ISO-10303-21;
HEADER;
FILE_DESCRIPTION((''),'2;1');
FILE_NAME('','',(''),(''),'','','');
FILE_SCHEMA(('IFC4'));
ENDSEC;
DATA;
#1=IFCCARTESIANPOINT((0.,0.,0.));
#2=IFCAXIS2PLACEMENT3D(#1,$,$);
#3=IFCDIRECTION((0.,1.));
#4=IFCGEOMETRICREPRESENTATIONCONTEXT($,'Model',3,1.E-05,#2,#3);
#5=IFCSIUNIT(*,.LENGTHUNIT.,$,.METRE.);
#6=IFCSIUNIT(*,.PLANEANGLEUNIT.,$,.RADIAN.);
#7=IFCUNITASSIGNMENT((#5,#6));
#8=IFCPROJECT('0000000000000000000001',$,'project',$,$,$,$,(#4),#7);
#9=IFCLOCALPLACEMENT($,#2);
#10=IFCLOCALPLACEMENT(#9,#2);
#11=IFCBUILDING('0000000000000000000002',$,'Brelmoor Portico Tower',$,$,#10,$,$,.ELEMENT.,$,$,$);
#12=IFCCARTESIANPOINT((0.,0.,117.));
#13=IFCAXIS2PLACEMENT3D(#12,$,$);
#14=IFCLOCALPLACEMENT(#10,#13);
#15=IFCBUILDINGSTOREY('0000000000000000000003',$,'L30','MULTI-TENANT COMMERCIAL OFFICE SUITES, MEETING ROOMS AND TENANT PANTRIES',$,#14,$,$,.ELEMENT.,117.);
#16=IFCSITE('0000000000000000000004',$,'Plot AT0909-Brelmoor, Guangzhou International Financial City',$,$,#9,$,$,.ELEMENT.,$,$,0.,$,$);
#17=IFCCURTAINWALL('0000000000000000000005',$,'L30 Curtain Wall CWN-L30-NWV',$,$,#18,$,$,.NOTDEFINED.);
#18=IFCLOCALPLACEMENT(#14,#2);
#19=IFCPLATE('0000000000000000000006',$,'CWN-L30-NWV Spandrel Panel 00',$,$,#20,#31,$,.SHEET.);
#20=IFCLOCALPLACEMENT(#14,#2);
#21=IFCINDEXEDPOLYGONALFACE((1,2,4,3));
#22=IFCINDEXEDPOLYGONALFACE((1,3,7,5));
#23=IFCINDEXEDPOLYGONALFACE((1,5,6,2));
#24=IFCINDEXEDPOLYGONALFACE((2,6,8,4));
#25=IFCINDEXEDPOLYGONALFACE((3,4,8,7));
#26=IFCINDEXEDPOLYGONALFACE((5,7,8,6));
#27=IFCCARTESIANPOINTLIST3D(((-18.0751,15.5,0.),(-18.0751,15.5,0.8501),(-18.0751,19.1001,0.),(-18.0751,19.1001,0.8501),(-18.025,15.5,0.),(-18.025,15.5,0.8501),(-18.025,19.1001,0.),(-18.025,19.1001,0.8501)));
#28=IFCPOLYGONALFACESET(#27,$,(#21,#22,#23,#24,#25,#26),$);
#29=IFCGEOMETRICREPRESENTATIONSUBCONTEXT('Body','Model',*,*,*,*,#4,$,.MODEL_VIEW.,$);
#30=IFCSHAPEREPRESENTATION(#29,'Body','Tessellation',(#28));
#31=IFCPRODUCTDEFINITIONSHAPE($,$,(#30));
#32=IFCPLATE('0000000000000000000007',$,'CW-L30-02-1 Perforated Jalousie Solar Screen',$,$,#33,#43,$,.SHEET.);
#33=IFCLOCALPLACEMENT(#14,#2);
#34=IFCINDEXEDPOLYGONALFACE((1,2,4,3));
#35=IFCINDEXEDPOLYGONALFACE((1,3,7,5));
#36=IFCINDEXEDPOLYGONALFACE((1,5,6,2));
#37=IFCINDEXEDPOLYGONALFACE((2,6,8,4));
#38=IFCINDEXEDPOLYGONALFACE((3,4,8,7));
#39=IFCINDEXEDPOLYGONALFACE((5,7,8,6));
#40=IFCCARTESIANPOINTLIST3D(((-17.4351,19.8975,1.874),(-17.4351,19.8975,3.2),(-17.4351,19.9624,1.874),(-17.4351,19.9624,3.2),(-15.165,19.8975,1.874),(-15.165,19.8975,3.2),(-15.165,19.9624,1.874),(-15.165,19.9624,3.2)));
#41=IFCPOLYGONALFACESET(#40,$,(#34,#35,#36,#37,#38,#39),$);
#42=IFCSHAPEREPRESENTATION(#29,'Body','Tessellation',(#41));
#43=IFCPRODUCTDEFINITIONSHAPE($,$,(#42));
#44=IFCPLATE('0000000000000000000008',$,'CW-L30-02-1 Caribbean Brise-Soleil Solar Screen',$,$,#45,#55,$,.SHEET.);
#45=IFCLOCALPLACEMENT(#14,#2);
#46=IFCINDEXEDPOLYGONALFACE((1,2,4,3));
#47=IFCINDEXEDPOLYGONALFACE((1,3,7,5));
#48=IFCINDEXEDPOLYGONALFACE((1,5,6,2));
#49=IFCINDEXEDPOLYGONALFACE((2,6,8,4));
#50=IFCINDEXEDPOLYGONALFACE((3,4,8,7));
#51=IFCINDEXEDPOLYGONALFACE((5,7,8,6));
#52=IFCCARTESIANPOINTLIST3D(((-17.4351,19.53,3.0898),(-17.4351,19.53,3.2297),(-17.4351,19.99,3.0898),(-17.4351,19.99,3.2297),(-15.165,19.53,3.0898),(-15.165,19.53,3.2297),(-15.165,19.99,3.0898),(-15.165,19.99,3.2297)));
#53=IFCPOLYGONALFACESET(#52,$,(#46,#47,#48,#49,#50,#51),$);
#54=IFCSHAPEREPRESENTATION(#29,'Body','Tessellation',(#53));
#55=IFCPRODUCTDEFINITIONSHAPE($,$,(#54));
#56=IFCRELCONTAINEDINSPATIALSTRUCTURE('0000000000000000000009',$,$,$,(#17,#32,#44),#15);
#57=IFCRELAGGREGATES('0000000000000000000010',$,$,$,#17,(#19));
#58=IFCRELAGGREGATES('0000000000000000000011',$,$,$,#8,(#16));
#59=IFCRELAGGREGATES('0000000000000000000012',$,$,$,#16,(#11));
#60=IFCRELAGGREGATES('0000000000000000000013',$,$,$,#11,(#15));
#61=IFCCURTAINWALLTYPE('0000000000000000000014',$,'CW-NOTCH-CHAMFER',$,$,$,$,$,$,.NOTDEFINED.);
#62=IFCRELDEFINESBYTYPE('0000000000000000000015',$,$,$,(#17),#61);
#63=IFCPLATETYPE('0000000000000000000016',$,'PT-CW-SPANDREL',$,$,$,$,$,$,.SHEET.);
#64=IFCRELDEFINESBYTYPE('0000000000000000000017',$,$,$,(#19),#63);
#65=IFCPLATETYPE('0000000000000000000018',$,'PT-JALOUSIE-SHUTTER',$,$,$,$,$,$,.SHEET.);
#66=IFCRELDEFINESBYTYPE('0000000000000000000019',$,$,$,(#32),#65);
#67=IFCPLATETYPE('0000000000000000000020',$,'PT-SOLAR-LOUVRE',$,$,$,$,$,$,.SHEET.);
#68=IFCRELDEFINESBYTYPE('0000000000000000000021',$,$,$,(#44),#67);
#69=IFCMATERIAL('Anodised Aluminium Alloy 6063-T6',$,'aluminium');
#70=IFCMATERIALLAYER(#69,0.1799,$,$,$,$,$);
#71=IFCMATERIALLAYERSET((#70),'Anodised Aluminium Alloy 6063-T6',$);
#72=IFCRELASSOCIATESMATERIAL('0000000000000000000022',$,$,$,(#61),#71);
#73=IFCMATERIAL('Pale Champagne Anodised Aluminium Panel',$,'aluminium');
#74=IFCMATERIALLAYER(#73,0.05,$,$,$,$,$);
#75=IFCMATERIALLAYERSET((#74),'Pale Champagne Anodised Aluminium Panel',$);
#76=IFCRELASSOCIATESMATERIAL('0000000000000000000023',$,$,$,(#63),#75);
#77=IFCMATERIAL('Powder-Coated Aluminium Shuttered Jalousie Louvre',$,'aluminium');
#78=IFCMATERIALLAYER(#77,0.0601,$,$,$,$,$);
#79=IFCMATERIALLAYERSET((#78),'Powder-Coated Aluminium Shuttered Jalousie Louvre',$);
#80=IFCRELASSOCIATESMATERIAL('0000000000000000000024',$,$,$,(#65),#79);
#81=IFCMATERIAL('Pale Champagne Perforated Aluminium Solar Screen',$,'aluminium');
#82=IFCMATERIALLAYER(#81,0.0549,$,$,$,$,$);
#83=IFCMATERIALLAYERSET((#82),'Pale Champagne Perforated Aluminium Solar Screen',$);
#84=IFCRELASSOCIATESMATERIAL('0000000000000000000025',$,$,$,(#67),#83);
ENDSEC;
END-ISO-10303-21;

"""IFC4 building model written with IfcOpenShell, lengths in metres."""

from ifc_helpers import new_model, si_unit, direction, frame, origin, origin_2d, place, context, subcontext, project, spatial, rectangle, extrude, material, layer, layer_set, type_object, element, aggregate, save


model = new_model("IFC4")

# Units and contexts
model_context = context("Model", 3, precision=1e-05, world=origin(), true_north=direction((0.0, 1.0)))
body_context = subcontext(model_context, "Body", "Model", "MODEL_VIEW")
ifc_project = project(units=[si_unit("LENGTHUNIT", "METRE"), si_unit("PLANEANGLEUNIT", "RADIAN")], contexts=[model_context])

# Site, building, storey
site_placement = place(None, origin())
site = spatial("IfcSite", under=ifc_project, at=site_placement, Name="Plot AT0909-Brelmoor, Guangzhou International Financial City", CompositionType="ELEMENT", RefElevation=0.0)
building_placement = place(site_placement, origin())
building = spatial("IfcBuilding", under=site, at=building_placement, Name="Brelmoor Portico Tower", CompositionType="ELEMENT")
storey_placement = place(building_placement, frame((0.0, 0.0, 117.0)))
storey = spatial("IfcBuildingStorey", under=building, at=storey_placement, Name="L30", Description="MULTI-TENANT COMMERCIAL OFFICE SUITES, MEETING ROOMS AND TENANT PANTRIES", CompositionType="ELEMENT", Elevation=117.0)

# Curtain wall
ifc_material_1 = material(Name="Anodised Aluminium Alloy 6063-T6", Category="aluminium")
ifc_layer_1 = layer(ifc_material_1, 0.1799)
ifc_layer_set_1 = layer_set([ifc_layer_1], Name="Anodised Aluminium Alloy 6063-T6")
curtain_wall_type_1 = type_object("IfcCurtainWallType", Name="CW-NOTCH-CHAMFER", PredefinedType="NOTDEFINED", material=ifc_layer_set_1)
curtain_wall_1_placement = place(storey_placement, origin())
curtain_wall_1 = element("IfcCurtainWall", 1, at=curtain_wall_1_placement, inside=storey, type_object=curtain_wall_type_1, Name="L30 Curtain Wall CWN-L30-NWV", PredefinedType="NOTDEFINED")

# Plate
ifc_material_2 = material(Name="Pale Champagne Anodised Aluminium Panel", Category="aluminium")
ifc_layer_2 = layer(ifc_material_2, 0.05)
ifc_layer_set_2 = layer_set([ifc_layer_2], Name="Pale Champagne Anodised Aluminium Panel")
plate_type_1 = type_object("IfcPlateType", Name="PT-CW-SPANDREL", PredefinedType="SHEET", material=ifc_layer_set_2)
plate_1_placement = place(storey_placement, frame((-18.05, 17.3, 0.0), z_axis=(0.0, 0.0, 1.0), x_axis=(0.0, 1.0, 0.0)))
plate_1 = element("IfcPlate", 2, at=plate_1_placement, type_object=plate_type_1, Name="CWN-L30-NWV Spandrel Panel 00", PredefinedType="SHEET", context=body_context, shape_type="SweptSolid", body=[
    extrude(rectangle(XDim=3.6001, YDim=0.05, at=origin_2d()), origin(), (0.0, 0.0, 1.0), 0.8501),
])
aggregate(curtain_wall_1, [plate_1])

# Plates
ifc_material_3 = material(Name="Powder-Coated Aluminium Shuttered Jalousie Louvre", Category="aluminium")
ifc_layer_3 = layer(ifc_material_3, 0.0601)
ifc_layer_set_3 = layer_set([ifc_layer_3], Name="Powder-Coated Aluminium Shuttered Jalousie Louvre")
plate_type_2 = type_object("IfcPlateType", Name="PT-JALOUSIE-SHUTTER", PredefinedType="SHEET", material=ifc_layer_set_3)
plate_2_placement = place(storey_placement, frame((-16.3, 19.9299, 1.874), z_axis=(0.0, 0.0, 1.0), x_axis=(1.0, 0.0, 0.0)))
element("IfcPlate", 3, at=plate_2_placement, inside=storey, type_object=plate_type_2, Name="CW-L30-02-1 Perforated Jalousie Solar Screen", PredefinedType="SHEET", context=body_context, shape_type="SweptSolid", body=[
    extrude(rectangle(XDim=2.27, YDim=0.0649, at=origin_2d()), origin(), (0.0, 0.0, 1.0), 1.3259),
])
ifc_material_4 = material(Name="Pale Champagne Perforated Aluminium Solar Screen", Category="aluminium")
ifc_layer_4 = layer(ifc_material_4, 0.0549)
ifc_layer_set_4 = layer_set([ifc_layer_4], Name="Pale Champagne Perforated Aluminium Solar Screen")
plate_type_3 = type_object("IfcPlateType", Name="PT-SOLAR-LOUVRE", PredefinedType="SHEET", material=ifc_layer_set_4)
plate_3_placement = place(storey_placement, frame((-16.3, 19.76, 3.0898), z_axis=(0.0, 0.0, 1.0), x_axis=(1.0, 0.0, 0.0)))
element("IfcPlate", 4, at=plate_3_placement, inside=storey, type_object=plate_type_3, Name="CW-L30-02-1 Caribbean Brise-Soleil Solar Screen", PredefinedType="SHEET", context=body_context, shape_type="SweptSolid", body=[
    extrude(rectangle(XDim=2.27, YDim=0.46, at=origin_2d()), origin(), (0.0, 0.0, 1.0), 0.1399),
])

save(model, "model.ifc")
